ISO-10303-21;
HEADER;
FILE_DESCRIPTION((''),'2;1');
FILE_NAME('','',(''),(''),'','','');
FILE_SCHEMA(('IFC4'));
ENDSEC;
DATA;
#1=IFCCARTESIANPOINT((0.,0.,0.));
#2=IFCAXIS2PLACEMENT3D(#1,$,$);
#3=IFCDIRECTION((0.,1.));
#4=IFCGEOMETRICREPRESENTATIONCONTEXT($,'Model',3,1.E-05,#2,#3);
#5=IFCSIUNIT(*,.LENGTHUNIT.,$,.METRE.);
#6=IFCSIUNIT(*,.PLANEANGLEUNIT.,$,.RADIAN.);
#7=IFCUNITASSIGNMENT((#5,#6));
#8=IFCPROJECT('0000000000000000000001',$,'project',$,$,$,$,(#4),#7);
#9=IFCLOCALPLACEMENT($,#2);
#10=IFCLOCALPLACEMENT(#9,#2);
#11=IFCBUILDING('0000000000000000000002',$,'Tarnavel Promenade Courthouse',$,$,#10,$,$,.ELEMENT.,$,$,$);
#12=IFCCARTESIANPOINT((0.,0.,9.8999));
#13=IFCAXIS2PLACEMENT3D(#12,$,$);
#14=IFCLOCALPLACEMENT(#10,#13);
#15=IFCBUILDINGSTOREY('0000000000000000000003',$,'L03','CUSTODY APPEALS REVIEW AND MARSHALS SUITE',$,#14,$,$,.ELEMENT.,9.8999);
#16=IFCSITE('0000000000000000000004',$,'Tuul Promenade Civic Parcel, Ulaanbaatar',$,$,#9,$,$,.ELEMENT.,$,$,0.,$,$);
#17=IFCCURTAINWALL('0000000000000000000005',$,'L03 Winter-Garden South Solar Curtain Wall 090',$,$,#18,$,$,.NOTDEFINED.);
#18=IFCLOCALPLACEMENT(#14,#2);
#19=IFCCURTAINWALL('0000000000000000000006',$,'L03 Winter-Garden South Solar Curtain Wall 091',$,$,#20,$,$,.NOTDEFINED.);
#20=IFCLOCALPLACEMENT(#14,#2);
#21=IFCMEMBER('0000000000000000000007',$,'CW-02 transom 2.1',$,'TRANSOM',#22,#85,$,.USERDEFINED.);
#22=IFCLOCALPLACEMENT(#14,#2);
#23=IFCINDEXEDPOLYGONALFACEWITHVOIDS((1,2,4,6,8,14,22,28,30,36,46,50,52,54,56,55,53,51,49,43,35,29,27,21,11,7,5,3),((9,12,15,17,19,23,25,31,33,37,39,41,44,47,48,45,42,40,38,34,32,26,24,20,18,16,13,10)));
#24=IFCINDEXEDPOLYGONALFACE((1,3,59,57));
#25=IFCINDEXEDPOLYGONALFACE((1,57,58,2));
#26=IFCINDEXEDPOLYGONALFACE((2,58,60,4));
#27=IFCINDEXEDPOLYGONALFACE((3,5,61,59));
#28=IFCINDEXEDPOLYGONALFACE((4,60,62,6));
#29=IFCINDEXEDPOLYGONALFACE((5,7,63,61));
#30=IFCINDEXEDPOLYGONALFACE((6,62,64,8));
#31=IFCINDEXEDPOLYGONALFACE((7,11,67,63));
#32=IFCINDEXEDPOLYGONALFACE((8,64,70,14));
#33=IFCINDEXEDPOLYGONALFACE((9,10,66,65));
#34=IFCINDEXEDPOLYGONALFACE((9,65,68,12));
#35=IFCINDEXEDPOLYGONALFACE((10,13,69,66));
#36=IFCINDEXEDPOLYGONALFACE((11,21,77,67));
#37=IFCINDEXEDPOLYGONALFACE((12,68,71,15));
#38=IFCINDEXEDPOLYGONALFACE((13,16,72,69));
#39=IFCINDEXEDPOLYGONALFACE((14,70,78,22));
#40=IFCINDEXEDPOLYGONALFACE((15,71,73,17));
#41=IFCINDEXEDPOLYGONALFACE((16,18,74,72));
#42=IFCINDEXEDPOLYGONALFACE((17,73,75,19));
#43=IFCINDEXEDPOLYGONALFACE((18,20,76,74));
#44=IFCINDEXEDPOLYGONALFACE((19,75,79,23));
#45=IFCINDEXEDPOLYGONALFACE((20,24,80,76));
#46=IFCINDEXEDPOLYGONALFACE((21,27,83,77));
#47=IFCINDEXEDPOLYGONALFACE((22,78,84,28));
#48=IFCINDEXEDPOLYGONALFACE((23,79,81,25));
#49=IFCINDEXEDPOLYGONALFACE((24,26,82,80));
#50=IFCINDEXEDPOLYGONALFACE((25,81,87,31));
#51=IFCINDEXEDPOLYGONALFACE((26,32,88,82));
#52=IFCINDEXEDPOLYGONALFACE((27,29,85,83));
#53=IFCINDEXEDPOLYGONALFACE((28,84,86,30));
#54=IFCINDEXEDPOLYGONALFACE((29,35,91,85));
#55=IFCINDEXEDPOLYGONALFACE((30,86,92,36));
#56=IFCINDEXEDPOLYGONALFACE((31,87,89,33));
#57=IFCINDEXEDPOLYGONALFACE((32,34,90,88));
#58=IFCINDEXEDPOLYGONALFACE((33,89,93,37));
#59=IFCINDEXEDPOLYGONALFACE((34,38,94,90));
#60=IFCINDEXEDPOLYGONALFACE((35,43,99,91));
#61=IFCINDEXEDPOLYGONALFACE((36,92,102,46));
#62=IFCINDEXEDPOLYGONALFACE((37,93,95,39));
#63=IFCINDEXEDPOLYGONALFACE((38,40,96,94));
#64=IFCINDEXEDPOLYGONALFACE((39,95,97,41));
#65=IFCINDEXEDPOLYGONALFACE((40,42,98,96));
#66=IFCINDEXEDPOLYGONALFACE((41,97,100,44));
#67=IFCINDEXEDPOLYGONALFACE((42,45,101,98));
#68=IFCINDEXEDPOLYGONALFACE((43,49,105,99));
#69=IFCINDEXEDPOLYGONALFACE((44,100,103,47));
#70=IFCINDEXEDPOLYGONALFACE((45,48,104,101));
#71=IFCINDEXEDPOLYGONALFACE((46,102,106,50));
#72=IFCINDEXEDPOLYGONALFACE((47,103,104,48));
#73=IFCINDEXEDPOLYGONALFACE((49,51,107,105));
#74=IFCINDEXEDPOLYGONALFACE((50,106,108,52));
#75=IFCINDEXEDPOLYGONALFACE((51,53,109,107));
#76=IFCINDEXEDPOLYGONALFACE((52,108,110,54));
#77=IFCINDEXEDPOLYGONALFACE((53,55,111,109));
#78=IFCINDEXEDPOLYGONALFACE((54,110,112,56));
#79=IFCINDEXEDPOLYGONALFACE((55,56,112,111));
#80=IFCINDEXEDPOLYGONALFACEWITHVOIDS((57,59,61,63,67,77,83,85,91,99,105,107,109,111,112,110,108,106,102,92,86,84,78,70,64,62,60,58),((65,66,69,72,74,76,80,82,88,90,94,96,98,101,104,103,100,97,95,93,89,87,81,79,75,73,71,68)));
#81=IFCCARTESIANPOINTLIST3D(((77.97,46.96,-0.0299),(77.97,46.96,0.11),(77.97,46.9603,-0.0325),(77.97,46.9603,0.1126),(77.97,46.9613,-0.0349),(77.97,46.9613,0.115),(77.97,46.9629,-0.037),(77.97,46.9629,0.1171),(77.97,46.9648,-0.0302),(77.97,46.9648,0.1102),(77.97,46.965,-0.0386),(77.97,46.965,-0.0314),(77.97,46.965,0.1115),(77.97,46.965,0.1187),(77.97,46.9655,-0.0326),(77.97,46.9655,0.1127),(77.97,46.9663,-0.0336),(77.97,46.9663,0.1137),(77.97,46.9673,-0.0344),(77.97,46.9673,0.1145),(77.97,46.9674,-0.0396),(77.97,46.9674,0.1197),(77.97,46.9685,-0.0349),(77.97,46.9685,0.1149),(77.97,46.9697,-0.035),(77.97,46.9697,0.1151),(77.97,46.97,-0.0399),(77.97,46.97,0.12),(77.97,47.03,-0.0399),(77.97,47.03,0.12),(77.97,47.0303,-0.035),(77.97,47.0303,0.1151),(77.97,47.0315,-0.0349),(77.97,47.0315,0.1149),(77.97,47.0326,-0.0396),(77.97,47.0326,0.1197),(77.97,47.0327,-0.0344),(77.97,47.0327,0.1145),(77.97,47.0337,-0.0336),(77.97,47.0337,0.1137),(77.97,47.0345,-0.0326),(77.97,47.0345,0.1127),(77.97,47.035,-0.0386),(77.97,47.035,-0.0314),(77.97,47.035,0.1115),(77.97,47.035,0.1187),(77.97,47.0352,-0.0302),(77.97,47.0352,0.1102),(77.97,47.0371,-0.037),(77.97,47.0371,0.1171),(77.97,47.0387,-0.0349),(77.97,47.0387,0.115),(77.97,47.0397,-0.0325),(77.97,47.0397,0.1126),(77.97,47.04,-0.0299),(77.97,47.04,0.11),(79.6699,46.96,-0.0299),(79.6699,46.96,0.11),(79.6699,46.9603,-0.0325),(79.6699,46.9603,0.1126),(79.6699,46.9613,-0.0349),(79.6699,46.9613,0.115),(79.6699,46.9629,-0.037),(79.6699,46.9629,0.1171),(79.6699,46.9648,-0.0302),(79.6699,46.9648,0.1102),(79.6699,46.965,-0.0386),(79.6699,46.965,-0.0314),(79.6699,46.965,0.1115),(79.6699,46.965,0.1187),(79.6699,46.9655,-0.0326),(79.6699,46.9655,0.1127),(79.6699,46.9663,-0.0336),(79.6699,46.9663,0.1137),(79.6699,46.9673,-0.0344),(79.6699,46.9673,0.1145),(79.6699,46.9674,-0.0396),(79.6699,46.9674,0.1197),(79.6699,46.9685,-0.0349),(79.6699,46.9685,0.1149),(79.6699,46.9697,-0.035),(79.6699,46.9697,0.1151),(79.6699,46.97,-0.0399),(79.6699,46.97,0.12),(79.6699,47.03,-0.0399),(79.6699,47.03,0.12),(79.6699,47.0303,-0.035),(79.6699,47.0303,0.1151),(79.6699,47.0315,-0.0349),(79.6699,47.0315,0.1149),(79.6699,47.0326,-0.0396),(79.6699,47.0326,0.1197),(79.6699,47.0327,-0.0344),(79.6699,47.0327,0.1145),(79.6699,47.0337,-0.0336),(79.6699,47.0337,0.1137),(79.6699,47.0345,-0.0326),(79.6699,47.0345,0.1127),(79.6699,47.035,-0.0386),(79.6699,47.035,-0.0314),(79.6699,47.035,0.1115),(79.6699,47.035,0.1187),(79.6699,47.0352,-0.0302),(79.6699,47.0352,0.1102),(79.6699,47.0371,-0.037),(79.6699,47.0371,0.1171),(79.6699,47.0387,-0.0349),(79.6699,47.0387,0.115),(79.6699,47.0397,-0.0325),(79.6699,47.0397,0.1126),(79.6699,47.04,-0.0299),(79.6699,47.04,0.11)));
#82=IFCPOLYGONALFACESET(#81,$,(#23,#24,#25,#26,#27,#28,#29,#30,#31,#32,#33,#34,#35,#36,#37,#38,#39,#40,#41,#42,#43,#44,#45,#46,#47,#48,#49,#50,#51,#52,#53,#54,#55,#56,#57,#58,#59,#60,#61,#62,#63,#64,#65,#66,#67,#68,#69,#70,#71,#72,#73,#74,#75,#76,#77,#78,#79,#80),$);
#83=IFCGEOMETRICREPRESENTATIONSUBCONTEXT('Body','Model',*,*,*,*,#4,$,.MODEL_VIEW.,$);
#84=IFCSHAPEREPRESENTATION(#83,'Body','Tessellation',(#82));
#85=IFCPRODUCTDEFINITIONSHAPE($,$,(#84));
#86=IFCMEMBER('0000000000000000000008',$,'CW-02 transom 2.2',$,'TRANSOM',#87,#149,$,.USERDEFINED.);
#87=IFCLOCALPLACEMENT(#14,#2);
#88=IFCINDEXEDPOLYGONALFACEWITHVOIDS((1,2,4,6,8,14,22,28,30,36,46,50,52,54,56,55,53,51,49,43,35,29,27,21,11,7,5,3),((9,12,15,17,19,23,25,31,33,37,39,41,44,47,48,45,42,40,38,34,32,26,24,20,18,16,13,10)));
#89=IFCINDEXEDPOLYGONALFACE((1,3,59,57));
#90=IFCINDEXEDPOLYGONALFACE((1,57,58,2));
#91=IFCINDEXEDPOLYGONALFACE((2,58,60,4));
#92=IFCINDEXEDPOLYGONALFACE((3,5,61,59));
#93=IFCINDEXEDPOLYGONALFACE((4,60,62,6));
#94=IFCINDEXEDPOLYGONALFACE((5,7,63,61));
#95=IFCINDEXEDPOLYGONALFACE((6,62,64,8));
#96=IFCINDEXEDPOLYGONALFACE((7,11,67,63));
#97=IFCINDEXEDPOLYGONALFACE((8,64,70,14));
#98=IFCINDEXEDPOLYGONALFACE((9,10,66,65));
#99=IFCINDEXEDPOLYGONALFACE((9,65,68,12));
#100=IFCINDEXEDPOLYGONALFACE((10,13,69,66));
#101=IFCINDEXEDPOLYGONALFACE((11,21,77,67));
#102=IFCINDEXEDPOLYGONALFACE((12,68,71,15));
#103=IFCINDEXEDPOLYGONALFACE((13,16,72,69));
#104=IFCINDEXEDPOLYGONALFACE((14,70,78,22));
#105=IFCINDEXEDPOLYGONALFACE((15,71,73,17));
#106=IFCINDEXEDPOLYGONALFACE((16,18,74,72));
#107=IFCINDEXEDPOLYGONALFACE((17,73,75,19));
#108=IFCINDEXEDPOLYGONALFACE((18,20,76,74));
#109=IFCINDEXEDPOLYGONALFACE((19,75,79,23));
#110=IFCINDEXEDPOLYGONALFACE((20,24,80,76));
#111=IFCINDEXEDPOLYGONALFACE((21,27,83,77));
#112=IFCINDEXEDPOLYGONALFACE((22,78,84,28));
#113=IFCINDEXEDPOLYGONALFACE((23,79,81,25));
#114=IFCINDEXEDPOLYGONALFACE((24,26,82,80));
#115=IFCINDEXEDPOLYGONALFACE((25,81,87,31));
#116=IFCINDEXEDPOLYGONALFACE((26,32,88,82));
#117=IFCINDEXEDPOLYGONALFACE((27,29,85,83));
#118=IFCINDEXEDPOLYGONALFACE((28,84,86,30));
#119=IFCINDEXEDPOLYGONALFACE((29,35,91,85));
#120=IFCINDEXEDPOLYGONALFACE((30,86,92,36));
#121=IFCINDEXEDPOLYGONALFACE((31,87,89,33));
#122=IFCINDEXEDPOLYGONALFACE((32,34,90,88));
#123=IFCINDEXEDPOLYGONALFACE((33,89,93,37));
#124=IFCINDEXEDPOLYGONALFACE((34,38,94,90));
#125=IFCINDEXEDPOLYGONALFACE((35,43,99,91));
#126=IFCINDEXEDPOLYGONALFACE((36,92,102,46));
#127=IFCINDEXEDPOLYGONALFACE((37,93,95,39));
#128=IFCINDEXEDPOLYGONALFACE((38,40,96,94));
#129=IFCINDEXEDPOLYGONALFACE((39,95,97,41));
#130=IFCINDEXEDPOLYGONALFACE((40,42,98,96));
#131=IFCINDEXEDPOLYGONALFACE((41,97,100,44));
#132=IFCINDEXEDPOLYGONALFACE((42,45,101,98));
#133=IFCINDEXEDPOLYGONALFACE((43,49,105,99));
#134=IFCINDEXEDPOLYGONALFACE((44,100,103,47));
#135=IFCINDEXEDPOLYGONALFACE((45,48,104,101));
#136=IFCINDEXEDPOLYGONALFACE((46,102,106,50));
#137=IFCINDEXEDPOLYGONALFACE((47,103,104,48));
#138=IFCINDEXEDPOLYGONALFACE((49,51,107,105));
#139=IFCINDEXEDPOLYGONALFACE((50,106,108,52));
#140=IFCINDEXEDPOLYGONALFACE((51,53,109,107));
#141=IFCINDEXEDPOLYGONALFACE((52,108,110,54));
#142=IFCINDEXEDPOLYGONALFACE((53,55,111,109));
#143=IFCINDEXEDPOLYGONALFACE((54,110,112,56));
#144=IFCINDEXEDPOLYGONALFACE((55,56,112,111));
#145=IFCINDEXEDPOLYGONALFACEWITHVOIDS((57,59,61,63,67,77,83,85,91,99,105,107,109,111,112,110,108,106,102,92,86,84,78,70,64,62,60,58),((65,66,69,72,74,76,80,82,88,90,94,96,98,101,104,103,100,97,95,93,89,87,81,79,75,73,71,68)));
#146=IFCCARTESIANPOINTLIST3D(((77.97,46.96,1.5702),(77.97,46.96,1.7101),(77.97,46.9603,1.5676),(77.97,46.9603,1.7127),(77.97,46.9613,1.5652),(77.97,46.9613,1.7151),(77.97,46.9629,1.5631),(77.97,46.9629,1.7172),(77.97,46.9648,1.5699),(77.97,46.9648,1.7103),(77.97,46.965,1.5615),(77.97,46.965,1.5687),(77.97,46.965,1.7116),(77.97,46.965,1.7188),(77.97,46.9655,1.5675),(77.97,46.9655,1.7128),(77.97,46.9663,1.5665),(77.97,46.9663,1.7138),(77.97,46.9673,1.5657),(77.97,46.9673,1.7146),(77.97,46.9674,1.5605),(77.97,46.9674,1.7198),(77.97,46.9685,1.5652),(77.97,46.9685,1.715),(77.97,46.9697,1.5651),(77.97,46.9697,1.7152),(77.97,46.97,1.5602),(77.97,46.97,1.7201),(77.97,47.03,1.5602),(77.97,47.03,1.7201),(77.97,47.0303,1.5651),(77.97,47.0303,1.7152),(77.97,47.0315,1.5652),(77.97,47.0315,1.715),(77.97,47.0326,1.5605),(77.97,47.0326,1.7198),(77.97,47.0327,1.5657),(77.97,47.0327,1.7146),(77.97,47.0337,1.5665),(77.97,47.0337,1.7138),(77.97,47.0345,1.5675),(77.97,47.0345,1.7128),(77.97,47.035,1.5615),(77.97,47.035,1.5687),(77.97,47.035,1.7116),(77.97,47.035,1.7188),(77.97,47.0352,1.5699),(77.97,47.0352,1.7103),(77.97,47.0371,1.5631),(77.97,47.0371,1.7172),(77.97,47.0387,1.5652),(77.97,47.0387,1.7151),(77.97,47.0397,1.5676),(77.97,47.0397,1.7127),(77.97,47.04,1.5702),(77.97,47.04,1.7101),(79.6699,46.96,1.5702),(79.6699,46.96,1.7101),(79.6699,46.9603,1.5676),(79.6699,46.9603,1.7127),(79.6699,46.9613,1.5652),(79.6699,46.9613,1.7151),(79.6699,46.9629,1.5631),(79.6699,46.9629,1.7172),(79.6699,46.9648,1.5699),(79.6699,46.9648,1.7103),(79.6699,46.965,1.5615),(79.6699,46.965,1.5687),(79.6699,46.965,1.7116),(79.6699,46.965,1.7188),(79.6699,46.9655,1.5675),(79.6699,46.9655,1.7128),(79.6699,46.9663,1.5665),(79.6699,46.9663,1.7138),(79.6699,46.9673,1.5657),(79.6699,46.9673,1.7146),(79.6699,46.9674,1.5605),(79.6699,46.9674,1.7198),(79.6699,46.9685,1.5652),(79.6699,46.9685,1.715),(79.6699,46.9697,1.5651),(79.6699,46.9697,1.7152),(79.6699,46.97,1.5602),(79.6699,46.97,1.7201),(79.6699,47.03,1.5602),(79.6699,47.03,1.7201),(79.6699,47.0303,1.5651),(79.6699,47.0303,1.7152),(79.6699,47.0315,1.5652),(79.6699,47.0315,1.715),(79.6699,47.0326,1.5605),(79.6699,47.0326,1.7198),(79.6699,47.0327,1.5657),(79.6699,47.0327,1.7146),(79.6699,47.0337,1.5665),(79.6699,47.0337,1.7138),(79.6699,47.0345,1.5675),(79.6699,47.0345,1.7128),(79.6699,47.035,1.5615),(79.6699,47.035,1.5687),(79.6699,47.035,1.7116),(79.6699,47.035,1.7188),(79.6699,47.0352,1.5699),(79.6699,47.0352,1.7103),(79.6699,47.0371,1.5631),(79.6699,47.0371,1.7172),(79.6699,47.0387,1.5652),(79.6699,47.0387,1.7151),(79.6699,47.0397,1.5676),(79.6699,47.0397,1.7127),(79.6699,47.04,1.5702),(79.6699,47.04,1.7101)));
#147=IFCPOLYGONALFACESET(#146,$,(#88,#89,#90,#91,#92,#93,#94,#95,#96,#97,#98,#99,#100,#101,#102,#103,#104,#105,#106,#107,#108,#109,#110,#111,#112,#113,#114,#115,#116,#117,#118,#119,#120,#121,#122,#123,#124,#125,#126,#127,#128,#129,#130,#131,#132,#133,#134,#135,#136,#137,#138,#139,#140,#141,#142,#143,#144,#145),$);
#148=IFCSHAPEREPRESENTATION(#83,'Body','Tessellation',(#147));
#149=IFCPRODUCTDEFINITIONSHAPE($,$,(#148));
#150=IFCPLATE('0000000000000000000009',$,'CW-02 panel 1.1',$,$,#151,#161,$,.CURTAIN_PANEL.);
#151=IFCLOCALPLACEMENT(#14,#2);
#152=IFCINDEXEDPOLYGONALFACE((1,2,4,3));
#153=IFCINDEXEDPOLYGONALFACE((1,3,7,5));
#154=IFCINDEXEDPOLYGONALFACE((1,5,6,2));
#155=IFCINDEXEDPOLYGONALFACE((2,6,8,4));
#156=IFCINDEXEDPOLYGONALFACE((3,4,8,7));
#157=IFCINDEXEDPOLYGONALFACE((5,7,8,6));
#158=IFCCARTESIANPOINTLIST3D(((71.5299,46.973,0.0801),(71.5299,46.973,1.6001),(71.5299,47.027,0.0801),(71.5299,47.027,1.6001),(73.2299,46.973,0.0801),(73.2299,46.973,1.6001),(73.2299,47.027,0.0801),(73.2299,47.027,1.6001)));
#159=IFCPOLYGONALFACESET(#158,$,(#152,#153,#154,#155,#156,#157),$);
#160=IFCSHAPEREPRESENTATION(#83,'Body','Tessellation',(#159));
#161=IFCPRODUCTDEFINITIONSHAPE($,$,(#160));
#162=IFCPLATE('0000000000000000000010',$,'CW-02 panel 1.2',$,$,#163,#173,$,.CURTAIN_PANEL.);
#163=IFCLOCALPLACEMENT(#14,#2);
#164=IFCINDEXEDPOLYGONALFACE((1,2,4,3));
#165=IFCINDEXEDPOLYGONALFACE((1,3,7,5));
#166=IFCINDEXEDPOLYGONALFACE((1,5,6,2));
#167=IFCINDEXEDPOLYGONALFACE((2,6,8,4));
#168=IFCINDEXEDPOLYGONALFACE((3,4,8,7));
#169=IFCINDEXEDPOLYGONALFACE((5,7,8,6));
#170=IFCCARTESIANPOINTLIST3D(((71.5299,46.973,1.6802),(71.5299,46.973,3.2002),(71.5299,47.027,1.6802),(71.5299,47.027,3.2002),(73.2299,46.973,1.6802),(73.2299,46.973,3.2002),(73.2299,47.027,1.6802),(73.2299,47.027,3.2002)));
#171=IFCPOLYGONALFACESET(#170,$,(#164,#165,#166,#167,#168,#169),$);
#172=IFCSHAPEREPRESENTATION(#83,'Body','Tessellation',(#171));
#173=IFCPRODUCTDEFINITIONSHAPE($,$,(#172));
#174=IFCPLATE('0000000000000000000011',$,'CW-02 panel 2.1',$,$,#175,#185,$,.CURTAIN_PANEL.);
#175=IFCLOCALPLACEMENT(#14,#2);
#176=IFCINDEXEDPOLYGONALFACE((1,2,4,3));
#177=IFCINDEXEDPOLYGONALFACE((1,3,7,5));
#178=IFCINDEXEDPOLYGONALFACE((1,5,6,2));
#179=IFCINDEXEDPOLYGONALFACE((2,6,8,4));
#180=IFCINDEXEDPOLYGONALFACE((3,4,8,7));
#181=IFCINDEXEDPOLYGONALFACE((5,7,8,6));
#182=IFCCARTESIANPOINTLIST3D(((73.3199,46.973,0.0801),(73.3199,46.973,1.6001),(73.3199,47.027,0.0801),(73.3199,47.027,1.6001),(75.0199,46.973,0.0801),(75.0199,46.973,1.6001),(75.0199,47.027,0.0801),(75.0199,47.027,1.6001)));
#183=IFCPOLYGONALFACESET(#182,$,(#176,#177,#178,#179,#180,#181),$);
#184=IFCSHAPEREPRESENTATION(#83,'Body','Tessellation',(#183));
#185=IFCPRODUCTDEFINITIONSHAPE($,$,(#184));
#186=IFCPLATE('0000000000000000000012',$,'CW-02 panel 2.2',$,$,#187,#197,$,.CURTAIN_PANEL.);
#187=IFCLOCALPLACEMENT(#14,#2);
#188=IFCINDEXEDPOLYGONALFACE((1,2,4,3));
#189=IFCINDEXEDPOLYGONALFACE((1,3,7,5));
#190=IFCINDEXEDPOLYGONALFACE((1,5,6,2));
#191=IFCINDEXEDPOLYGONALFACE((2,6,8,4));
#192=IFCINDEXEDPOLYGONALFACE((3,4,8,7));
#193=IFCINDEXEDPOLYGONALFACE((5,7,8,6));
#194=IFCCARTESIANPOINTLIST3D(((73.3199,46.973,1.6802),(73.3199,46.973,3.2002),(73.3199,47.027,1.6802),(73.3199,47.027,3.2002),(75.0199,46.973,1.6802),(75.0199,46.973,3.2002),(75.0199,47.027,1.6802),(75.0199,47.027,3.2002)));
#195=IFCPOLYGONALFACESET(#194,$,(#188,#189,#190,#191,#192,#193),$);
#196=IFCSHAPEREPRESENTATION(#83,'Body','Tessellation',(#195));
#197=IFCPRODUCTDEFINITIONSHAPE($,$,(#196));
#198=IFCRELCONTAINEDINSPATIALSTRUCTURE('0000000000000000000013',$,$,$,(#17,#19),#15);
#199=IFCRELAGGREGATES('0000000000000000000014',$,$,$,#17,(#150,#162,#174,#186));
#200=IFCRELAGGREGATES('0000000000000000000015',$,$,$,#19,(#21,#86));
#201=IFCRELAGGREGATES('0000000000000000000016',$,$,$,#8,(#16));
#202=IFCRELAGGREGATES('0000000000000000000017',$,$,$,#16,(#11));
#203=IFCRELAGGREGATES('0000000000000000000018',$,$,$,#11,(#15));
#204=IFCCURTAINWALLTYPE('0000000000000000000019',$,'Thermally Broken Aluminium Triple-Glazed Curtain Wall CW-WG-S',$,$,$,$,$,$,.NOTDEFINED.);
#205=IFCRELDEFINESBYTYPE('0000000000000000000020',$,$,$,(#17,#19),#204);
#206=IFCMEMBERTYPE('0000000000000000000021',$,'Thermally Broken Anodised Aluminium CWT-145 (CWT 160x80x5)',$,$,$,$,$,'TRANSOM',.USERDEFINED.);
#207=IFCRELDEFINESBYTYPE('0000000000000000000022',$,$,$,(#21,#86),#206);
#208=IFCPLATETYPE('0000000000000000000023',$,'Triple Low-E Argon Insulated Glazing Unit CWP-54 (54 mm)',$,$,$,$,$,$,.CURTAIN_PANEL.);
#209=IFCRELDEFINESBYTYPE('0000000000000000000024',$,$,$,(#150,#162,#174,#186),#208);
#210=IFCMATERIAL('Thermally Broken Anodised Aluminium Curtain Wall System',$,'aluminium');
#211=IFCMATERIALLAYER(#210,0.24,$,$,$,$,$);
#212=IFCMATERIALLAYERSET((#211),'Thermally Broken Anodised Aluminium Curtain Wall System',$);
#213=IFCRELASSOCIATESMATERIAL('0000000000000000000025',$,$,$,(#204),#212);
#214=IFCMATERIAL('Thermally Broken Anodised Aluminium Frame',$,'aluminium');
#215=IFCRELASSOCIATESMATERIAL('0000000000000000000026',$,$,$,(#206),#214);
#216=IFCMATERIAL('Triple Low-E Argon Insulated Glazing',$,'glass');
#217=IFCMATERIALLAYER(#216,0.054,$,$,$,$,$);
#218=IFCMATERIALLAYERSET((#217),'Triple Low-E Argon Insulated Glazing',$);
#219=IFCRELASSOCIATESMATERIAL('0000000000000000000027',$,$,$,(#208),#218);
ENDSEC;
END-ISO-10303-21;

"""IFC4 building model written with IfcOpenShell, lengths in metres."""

from ifc_helpers import new_model, si_unit, direction, frame, origin, origin_2d, place, context, subcontext, project, spatial, rectangle, hollow_rectangle, extrude, material, layer, layer_set, material_profile, profile_set, type_object, element, aggregate, save


model = new_model("IFC4")

# Units and contexts
model_context = context("Model", 3, precision=1e-05, world=origin(), true_north=direction((0.0, 1.0)))
body_context = subcontext(model_context, "Body", "Model", "MODEL_VIEW")
ifc_project = project(units=[si_unit("LENGTHUNIT", "METRE"), si_unit("PLANEANGLEUNIT", "RADIAN")], contexts=[model_context])

# Site, building, storey
site_placement = place(None, origin())
site = spatial("IfcSite", under=ifc_project, at=site_placement, Name="Tuul Promenade Civic Parcel, Ulaanbaatar", CompositionType="ELEMENT", RefElevation=0.0)
building_placement = place(site_placement, origin())
building = spatial("IfcBuilding", under=site, at=building_placement, Name="Tarnavel Promenade Courthouse", CompositionType="ELEMENT")
storey_placement = place(building_placement, frame((0.0, 0.0, 9.8999)))
storey = spatial("IfcBuildingStorey", under=building, at=storey_placement, Name="L03", Description="CUSTODY APPEALS REVIEW AND MARSHALS SUITE", CompositionType="ELEMENT", Elevation=9.8999)

# Curtain walls
ifc_material_1 = material(Name="Thermally Broken Anodised Aluminium Curtain Wall System", Category="aluminium")
ifc_layer_1 = layer(ifc_material_1, 0.24)
ifc_layer_set_1 = layer_set([ifc_layer_1], Name="Thermally Broken Anodised Aluminium Curtain Wall System")
curtain_wall_type = type_object("IfcCurtainWallType", Name="Thermally Broken Aluminium Triple-Glazed Curtain Wall CW-WG-S", PredefinedType="NOTDEFINED", material=ifc_layer_set_1)
curtain_wall_1_placement = place(storey_placement, origin())
curtain_wall_1 = element("IfcCurtainWall", 1, at=curtain_wall_1_placement, inside=storey, type_object=curtain_wall_type, Name="L03 Winter-Garden South Solar Curtain Wall 090", PredefinedType="NOTDEFINED")
ifc_material_2 = material(Name="Thermally Broken Anodised Aluminium Frame", Category="aluminium")
curtain_wall_2_placement = place(storey_placement, origin())
curtain_wall_2 = element("IfcCurtainWall", 2, at=curtain_wall_2_placement, inside=storey, type_object=curtain_wall_type, Name="L03 Winter-Garden South Solar Curtain Wall 091", PredefinedType="NOTDEFINED")

# Members
ifc_material_profile_1 = material_profile(ifc_material_2, hollow_rectangle(XDim=0.0801, YDim=0.1599, WallThickness=0.0049, InnerFilletRadius=0.0049, OuterFilletRadius=0.01, at=origin_2d()), Name="CWT 160x80x5")
ifc_profile_set_1 = profile_set([ifc_material_profile_1], Name="Thermally Broken Anodised Aluminium Frame")
member_type_1 = type_object("IfcMemberType", Name="Thermally Broken Anodised Aluminium CWT-145 (CWT 160x80x5)", ElementType="TRANSOM", PredefinedType="USERDEFINED", material=ifc_profile_set_1)
member_1_placement = place(storey_placement, frame((77.97, 47.0, 0.04), z_axis=(1.0, 0.0, 0.0), x_axis=(0.0, 1.0, 0.0)))
member_1 = element("IfcMember", 3, at=member_1_placement, type_object=member_type_1, Name="CW-02 transom 2.1", ObjectType="TRANSOM", PredefinedType="USERDEFINED", context=body_context, shape_type="SweptSolid", body=[
    extrude(hollow_rectangle(XDim=0.0801, YDim=0.1599, WallThickness=0.0049, InnerFilletRadius=0.0049, OuterFilletRadius=0.01, at=origin_2d()), origin(), (0.0, 0.0, 1.0), 1.7),
])
member_2_placement = place(storey_placement, frame((77.97, 47.0, 1.6401), z_axis=(1.0, 0.0, 0.0), x_axis=(0.0, 1.0, 0.0)))
member_2 = element("IfcMember", 4, at=member_2_placement, type_object=member_type_1, Name="CW-02 transom 2.2", ObjectType="TRANSOM", PredefinedType="USERDEFINED", context=body_context, shape_type="SweptSolid", body=[
    extrude(hollow_rectangle(XDim=0.0801, YDim=0.1599, WallThickness=0.0049, InnerFilletRadius=0.0049, OuterFilletRadius=0.01, at=origin_2d()), origin(), (0.0, 0.0, 1.0), 1.7),
])

# Plates
ifc_material_3 = material(Name="Triple Low-E Argon Insulated Glazing", Category="glass")
ifc_layer_2 = layer(ifc_material_3, 0.054)
ifc_layer_set_2 = layer_set([ifc_layer_2], Name="Triple Low-E Argon Insulated Glazing")
plate_type = type_object("IfcPlateType", Name="Triple Low-E Argon Insulated Glazing Unit CWP-54 (54 mm)", PredefinedType="CURTAIN_PANEL", material=ifc_layer_set_2)
plate_1_placement = place(storey_placement, frame((72.3799, 47.0, 0.0801), z_axis=(0.0, 0.0, 1.0), x_axis=(1.0, 0.0, 0.0)))
plate_1 = element("IfcPlate", 5, at=plate_1_placement, type_object=plate_type, Name="CW-02 panel 1.1", PredefinedType="CURTAIN_PANEL", context=body_context, shape_type="SweptSolid", body=[
    extrude(rectangle(XDim=1.7, YDim=0.054, at=origin_2d()), origin(), (0.0, 0.0, 1.0), 1.52),
])
plate_2_placement = place(storey_placement, frame((72.3799, 47.0, 1.6802), z_axis=(0.0, 0.0, 1.0), x_axis=(1.0, 0.0, 0.0)))
plate_2 = element("IfcPlate", 6, at=plate_2_placement, type_object=plate_type, Name="CW-02 panel 1.2", PredefinedType="CURTAIN_PANEL", context=body_context, shape_type="SweptSolid", body=[
    extrude(rectangle(XDim=1.7, YDim=0.054, at=origin_2d()), origin(), (0.0, 0.0, 1.0), 1.52),
])
plate_3_placement = place(storey_placement, frame((74.1699, 47.0, 0.0801), z_axis=(0.0, 0.0, 1.0), x_axis=(1.0, 0.0, 0.0)))
plate_3 = element("IfcPlate", 7, at=plate_3_placement, type_object=plate_type, Name="CW-02 panel 2.1", PredefinedType="CURTAIN_PANEL", context=body_context, shape_type="SweptSolid", body=[
    extrude(rectangle(XDim=1.7, YDim=0.054, at=origin_2d()), origin(), (0.0, 0.0, 1.0), 1.52),
])
plate_4_placement = place(storey_placement, frame((74.1699, 47.0, 1.6802), z_axis=(0.0, 0.0, 1.0), x_axis=(1.0, 0.0, 0.0)))
plate_4 = element("IfcPlate", 8, at=plate_4_placement, type_object=plate_type, Name="CW-02 panel 2.2", PredefinedType="CURTAIN_PANEL", context=body_context, shape_type="SweptSolid", body=[
    extrude(rectangle(XDim=1.7, YDim=0.054, at=origin_2d()), origin(), (0.0, 0.0, 1.0), 1.52),
])
aggregate(curtain_wall_1, [plate_1, plate_2, plate_3, plate_4])
aggregate(curtain_wall_2, [member_1, member_2])

save(model, "model.ifc")
